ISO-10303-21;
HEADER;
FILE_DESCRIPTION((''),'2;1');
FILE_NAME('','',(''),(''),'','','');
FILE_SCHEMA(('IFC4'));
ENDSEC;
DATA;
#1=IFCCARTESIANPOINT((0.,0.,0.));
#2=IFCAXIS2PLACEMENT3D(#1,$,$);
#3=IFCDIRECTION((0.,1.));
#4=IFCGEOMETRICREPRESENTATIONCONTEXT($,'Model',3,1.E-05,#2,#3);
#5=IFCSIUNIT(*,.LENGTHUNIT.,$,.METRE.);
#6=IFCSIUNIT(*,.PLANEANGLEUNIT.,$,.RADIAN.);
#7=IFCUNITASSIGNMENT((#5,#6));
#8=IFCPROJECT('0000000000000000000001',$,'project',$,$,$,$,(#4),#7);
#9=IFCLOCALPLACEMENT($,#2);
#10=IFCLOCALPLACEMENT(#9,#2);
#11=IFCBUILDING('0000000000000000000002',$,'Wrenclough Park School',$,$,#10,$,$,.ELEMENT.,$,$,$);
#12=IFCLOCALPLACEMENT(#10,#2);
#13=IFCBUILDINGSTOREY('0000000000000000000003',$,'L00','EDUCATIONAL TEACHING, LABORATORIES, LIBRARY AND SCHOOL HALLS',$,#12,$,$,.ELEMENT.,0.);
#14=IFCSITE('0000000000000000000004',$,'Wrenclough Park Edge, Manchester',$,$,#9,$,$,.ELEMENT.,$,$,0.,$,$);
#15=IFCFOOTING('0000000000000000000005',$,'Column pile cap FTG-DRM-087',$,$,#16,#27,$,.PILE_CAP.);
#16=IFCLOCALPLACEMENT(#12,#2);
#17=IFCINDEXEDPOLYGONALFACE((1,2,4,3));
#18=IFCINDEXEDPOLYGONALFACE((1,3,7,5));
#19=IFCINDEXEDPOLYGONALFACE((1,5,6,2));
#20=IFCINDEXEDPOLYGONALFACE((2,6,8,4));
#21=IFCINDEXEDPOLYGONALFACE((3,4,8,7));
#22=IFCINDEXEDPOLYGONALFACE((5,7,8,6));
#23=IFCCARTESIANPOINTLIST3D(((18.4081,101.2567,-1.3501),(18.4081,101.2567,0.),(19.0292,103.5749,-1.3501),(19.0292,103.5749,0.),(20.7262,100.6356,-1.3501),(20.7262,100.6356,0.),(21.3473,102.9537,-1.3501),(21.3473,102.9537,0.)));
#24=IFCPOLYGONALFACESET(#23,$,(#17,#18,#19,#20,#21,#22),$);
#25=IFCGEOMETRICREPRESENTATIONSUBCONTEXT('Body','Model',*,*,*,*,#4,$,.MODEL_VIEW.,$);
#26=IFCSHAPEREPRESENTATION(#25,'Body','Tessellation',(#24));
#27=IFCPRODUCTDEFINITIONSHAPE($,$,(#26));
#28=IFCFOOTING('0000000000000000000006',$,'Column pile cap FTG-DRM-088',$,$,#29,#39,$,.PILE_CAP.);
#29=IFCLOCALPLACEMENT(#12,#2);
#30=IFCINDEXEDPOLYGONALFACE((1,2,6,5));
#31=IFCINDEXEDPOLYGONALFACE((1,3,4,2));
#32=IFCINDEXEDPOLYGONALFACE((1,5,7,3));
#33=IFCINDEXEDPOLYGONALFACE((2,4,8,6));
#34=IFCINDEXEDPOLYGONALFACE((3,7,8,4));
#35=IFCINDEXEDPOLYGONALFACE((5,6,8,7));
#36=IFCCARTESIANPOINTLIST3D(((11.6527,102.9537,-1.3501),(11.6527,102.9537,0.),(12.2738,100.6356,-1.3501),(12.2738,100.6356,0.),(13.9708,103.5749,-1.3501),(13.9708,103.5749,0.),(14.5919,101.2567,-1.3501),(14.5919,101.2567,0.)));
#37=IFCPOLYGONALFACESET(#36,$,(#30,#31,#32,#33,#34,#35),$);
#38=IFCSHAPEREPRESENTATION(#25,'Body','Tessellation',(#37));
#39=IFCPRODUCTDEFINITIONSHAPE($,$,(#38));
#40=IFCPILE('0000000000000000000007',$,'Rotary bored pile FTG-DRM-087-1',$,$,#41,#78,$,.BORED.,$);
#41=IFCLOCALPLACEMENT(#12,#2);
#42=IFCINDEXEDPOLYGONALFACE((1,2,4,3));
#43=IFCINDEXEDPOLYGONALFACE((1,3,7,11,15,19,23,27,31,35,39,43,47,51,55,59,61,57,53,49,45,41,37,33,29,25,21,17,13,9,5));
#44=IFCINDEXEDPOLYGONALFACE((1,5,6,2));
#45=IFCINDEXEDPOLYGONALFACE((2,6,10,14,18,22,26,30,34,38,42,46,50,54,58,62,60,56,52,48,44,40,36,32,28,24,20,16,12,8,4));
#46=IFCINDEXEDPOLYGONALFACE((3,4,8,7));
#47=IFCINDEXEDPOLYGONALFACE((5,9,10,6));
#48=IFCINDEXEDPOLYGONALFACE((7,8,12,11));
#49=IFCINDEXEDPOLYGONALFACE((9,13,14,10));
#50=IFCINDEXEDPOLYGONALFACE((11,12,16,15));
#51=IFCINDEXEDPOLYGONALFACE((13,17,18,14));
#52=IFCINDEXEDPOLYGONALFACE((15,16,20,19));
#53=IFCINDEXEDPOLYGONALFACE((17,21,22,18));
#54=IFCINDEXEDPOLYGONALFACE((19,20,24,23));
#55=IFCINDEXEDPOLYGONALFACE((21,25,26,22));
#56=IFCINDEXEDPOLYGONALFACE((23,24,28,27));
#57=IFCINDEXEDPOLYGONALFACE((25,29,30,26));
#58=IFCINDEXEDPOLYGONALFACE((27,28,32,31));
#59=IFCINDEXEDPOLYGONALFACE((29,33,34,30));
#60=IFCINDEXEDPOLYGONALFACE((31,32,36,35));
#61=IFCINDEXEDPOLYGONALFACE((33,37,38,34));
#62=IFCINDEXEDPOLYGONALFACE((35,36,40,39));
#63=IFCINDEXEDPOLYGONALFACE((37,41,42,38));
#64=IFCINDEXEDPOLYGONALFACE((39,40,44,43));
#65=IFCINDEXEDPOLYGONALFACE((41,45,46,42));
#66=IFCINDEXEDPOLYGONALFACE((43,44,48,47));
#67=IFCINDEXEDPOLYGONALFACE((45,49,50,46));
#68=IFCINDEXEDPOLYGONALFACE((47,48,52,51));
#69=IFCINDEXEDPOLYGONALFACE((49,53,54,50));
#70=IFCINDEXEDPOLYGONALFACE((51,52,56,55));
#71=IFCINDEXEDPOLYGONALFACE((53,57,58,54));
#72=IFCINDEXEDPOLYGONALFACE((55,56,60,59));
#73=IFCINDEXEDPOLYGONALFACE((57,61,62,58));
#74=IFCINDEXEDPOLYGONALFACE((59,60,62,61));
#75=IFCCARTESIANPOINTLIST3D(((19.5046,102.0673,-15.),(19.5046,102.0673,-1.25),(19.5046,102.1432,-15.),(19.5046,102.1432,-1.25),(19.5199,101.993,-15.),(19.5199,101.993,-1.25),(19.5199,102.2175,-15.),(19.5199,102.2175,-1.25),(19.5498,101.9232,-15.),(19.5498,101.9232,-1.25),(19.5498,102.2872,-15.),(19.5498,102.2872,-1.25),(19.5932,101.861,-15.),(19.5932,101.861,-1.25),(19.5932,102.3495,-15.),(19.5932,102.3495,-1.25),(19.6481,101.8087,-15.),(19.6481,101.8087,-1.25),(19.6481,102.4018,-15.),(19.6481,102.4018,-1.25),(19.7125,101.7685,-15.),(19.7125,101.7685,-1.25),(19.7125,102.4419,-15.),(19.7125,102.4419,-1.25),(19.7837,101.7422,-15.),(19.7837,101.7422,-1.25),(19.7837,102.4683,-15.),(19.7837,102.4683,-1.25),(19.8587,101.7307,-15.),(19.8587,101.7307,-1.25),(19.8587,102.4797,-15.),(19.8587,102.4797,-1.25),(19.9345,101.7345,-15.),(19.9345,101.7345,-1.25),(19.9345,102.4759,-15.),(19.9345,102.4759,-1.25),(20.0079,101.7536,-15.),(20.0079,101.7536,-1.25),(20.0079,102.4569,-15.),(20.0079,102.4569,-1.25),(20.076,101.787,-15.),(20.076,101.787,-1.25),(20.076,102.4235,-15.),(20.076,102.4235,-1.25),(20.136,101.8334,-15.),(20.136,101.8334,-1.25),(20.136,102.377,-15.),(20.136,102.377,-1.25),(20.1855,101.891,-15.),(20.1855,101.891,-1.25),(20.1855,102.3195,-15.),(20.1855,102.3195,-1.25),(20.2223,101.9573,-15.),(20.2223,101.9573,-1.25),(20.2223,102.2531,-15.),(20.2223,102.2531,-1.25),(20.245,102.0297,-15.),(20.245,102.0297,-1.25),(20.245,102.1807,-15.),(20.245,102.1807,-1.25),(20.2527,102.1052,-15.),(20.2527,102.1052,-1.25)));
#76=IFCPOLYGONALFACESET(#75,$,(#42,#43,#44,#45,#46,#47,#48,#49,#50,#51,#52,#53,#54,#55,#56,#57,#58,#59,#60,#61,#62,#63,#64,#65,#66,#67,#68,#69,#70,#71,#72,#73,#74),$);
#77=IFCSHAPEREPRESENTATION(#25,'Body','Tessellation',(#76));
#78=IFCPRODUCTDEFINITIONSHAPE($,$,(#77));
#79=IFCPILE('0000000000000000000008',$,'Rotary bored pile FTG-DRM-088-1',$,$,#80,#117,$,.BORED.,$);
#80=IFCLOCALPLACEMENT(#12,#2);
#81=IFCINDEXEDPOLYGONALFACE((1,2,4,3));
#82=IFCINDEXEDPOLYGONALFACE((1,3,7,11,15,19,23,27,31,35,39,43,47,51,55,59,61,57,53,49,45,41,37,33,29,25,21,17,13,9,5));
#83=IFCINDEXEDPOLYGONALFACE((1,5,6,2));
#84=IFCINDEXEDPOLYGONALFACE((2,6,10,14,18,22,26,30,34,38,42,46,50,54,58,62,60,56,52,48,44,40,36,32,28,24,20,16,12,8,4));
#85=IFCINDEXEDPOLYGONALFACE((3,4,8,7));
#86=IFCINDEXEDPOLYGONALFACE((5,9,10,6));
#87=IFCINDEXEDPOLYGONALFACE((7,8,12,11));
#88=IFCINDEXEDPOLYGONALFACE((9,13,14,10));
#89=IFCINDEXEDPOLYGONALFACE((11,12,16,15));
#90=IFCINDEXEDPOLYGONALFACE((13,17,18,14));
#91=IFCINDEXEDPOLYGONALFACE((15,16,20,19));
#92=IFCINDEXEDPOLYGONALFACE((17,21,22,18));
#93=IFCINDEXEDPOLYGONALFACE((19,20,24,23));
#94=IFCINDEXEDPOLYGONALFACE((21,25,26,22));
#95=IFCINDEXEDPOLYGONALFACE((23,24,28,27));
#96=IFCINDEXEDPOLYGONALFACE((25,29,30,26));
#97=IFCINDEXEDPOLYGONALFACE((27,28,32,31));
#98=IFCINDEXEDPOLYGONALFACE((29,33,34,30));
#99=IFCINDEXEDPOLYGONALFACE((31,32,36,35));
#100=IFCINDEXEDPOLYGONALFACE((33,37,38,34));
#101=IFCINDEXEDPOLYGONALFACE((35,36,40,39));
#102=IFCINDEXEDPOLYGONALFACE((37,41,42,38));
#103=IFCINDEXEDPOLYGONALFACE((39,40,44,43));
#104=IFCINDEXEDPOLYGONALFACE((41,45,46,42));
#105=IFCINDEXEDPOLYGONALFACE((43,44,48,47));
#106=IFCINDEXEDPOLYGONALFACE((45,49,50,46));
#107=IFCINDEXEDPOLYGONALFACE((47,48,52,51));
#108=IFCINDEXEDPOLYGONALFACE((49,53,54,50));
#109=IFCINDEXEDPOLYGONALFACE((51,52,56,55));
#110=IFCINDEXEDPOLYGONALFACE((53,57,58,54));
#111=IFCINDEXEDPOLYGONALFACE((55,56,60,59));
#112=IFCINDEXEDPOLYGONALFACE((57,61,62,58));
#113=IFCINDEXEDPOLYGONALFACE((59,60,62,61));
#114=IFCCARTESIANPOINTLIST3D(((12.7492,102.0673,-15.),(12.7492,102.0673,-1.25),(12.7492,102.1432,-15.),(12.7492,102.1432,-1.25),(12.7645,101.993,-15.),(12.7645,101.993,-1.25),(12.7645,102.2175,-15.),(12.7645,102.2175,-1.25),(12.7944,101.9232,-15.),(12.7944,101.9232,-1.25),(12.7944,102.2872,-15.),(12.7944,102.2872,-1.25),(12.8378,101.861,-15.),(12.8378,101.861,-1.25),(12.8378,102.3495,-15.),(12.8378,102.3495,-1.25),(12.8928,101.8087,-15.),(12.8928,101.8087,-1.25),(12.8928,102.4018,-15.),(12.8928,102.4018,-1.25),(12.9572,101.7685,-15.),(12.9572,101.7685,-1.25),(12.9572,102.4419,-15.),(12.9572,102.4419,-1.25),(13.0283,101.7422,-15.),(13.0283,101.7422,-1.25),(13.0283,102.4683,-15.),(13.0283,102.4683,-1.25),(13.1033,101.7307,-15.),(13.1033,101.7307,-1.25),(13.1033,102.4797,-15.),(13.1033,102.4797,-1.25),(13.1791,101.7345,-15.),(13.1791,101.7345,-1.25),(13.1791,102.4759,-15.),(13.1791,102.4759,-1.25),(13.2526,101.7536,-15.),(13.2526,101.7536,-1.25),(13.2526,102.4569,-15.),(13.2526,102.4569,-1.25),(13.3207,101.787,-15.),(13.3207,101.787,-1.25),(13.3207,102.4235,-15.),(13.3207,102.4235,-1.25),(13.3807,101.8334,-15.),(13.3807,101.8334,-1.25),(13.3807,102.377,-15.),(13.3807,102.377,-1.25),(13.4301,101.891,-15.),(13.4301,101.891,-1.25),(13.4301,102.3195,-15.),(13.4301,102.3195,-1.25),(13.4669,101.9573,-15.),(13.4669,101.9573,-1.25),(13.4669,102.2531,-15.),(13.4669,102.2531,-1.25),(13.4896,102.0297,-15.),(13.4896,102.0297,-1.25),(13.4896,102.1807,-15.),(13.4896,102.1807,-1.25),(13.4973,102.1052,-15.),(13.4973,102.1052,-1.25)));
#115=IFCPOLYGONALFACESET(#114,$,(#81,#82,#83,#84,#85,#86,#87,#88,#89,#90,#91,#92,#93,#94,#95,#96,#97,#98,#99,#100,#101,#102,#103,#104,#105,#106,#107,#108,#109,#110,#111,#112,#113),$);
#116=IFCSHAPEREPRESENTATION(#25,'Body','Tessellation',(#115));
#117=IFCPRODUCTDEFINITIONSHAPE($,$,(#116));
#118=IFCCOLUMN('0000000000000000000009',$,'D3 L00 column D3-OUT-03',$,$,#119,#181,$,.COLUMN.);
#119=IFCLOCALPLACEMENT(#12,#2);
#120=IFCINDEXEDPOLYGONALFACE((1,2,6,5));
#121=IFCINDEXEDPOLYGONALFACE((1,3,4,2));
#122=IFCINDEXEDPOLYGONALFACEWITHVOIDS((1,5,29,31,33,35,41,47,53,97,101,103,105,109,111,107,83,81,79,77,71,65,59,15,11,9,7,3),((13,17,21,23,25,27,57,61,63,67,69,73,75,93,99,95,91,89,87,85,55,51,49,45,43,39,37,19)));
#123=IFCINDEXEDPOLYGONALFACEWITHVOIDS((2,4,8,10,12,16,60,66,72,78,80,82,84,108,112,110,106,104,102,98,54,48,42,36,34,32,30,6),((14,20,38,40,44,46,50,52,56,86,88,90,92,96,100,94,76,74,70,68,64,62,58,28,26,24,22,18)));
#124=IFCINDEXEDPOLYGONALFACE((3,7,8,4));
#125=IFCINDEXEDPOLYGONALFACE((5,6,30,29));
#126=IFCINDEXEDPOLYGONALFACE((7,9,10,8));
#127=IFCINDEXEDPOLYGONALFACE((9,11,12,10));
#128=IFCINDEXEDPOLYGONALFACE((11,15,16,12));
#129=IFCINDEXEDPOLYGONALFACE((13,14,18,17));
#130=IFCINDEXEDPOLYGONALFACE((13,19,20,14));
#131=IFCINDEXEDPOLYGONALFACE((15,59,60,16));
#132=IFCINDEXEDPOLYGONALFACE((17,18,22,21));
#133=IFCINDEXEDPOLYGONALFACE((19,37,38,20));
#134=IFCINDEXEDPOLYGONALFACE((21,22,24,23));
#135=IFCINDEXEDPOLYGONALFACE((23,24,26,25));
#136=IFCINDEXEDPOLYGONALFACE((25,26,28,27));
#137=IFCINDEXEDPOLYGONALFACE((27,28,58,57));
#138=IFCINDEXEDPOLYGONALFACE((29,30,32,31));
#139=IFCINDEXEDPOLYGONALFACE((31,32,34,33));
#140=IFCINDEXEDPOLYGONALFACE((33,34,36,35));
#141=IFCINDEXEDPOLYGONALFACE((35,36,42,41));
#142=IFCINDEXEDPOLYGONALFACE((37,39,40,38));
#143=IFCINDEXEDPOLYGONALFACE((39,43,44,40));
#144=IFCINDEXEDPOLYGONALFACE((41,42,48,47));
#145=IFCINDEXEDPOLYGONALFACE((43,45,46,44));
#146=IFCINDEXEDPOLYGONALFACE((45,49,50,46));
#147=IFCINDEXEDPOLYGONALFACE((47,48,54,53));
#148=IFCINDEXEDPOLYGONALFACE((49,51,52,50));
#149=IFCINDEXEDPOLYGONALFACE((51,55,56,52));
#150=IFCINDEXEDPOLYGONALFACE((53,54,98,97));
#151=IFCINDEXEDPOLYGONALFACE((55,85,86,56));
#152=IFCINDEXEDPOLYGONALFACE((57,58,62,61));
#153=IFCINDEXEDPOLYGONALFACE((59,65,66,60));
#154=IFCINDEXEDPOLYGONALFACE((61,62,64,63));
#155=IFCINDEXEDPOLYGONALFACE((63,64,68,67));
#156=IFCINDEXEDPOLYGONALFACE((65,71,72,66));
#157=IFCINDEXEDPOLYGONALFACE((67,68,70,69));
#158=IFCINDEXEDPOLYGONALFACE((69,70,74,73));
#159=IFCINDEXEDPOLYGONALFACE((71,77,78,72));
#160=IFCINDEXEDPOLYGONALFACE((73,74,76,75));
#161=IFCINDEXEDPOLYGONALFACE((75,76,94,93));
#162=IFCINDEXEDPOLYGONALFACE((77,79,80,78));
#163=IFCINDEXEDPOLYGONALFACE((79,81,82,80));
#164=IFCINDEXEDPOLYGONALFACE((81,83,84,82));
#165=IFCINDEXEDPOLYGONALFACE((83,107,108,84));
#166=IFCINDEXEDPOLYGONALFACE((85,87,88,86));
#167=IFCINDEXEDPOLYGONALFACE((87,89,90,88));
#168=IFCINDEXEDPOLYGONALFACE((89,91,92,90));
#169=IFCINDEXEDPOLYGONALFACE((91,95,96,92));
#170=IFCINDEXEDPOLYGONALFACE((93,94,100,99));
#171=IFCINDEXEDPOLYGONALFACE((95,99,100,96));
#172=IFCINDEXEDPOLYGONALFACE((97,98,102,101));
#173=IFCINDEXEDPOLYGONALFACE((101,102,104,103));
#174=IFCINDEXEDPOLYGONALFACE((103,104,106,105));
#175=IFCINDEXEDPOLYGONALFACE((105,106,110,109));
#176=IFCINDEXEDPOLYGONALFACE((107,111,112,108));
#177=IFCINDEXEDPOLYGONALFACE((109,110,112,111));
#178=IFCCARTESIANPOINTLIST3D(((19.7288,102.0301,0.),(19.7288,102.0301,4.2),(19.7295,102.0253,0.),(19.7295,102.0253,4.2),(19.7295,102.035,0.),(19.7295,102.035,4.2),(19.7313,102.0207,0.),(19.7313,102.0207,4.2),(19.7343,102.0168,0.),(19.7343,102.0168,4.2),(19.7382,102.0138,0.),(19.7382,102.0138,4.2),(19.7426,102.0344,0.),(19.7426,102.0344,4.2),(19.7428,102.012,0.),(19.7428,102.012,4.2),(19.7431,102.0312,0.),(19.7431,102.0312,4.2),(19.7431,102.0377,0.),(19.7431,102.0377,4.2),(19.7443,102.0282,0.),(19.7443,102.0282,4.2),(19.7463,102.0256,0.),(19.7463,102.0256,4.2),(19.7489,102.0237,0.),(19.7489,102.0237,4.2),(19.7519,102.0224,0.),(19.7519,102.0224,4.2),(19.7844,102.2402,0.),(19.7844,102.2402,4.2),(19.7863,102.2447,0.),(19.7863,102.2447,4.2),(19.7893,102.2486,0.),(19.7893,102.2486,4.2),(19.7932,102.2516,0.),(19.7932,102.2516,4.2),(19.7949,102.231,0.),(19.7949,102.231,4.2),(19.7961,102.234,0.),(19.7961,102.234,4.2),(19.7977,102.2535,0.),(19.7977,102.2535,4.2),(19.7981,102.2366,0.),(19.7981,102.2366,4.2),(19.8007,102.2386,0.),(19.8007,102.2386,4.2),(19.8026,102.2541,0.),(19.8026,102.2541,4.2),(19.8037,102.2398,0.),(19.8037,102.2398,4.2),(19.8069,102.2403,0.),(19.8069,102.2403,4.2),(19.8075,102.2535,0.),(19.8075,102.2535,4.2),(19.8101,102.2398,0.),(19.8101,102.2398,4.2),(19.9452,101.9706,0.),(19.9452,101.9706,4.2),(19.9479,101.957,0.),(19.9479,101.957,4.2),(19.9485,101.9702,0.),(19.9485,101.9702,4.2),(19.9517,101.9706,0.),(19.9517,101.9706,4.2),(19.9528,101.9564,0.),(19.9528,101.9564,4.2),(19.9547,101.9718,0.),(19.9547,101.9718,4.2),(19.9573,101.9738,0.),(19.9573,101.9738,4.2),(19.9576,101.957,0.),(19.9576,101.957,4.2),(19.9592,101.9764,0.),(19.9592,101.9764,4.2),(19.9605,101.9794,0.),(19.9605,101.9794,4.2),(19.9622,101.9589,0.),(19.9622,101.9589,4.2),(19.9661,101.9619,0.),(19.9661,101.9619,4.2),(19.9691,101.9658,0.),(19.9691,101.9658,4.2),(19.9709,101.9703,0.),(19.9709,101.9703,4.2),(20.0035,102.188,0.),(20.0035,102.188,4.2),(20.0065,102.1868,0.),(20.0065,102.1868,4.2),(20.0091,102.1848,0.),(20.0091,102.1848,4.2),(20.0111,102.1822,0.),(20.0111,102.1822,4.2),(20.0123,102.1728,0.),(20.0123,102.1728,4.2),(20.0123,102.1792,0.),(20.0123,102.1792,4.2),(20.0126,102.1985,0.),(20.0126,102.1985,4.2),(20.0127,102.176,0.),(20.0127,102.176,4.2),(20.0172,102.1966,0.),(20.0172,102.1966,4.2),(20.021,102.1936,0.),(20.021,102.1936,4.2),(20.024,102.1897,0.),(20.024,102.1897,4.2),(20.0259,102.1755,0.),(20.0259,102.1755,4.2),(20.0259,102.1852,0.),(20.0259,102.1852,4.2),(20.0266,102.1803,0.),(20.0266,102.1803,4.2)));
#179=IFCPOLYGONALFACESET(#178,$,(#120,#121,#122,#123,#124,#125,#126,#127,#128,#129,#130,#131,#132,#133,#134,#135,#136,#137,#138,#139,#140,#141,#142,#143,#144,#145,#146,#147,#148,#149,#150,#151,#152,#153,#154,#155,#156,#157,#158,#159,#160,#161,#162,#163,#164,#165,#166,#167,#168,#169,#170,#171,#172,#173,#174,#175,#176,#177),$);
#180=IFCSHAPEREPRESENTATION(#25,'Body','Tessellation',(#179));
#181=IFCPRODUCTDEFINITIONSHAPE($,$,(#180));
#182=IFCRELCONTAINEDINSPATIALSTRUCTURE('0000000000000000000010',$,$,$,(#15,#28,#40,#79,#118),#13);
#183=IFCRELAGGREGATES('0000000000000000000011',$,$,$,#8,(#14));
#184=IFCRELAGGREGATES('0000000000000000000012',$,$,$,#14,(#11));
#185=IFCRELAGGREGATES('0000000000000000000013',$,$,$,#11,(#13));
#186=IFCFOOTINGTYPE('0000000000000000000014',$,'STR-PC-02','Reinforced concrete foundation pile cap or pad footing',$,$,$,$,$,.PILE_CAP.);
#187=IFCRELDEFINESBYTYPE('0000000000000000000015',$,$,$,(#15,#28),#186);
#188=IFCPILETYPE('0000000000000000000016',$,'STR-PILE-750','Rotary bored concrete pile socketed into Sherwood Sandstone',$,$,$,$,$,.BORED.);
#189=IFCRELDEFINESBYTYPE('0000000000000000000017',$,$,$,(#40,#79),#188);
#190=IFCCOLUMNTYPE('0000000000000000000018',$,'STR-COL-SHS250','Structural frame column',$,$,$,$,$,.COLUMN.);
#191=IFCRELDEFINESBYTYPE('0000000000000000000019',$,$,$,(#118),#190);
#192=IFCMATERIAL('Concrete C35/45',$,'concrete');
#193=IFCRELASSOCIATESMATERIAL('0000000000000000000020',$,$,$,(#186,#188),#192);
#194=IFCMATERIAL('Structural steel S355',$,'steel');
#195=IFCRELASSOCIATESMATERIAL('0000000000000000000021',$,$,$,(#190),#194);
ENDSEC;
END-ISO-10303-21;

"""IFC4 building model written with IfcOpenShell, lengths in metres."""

from ifc_helpers import new_model, si_unit, direction, frame, origin, origin_2d, place, context, subcontext, project, spatial, rectangle, hollow_rectangle, circle, extrude, material, material_profile, profile_set, type_object, element, save


model = new_model("IFC4")

# Units and contexts
model_context = context("Model", 3, precision=1e-05, world=origin(), true_north=direction((0.0, 1.0)))
body_context = subcontext(model_context, "Body", "Model", "MODEL_VIEW")
ifc_project = project(units=[si_unit("LENGTHUNIT", "METRE"), si_unit("PLANEANGLEUNIT", "RADIAN")], contexts=[model_context])

# Site, building, storey
site_placement = place(None, origin())
site = spatial("IfcSite", under=ifc_project, at=site_placement, Name="Wrenclough Park Edge, Manchester", CompositionType="ELEMENT", RefElevation=0.0)
building_placement = place(site_placement, origin())
building = spatial("IfcBuilding", under=site, at=building_placement, Name="Wrenclough Park School", CompositionType="ELEMENT")
storey_placement = place(building_placement, origin())
storey = spatial("IfcBuildingStorey", under=building, at=storey_placement, Name="L00", Description="EDUCATIONAL TEACHING, LABORATORIES, LIBRARY AND SCHOOL HALLS", CompositionType="ELEMENT", Elevation=0.0)

# Footings
ifc_material_1 = material(Name="Concrete C35/45", Category="concrete")
footing_type = type_object("IfcFootingType", Name="STR-PC-02", Description="Reinforced concrete foundation pile cap or pad footing", PredefinedType="PILE_CAP", material=ifc_material_1)
for number, where, z_axis, x_axis, name in (
    (1, (19.8777, 102.1052, -1.3501), (0.0, 0.0, 1.0), (-0.965926, 0.258819, 0.0), "Column pile cap FTG-DRM-087"),
    (2, (13.1223, 102.1052, -1.3501), (0.0, 0.0, 1.0), (-0.965926, -0.258819, 0.0), "Column pile cap FTG-DRM-088"),
):
    element("IfcFooting", number, at=place(storey_placement, frame(where, z_axis=z_axis, x_axis=x_axis)), inside=storey, type_object=footing_type, Name=name, PredefinedType="PILE_CAP", context=body_context, shape_type="SweptSolid", body=[
        extrude(rectangle(XDim=2.3999, YDim=2.3999, at=origin_2d()), origin(), (0.0, 0.0, 1.0), 1.3501),
    ])

# Piles
ifc_material_profile_1 = material_profile(ifc_material_1, circle(Radius=0.375, at=origin_2d()), Name="BORED PILE D750")
ifc_profile_set_1 = profile_set([ifc_material_profile_1], Name="Concrete C35/45")
pile_type = type_object("IfcPileType", Name="STR-PILE-750", Description="Rotary bored concrete pile socketed into Sherwood Sandstone", PredefinedType="BORED", material=ifc_profile_set_1)
for number, where, z_axis, x_axis, name in (
    (3, (19.8777, 102.1052, -1.25), (0.0, 0.0, -1.0), (1.0, 0.0, 0.0), "Rotary bored pile FTG-DRM-087-1"),
    (4, (13.1223, 102.1052, -1.25), (0.0, 0.0, -1.0), (1.0, 0.0, 0.0), "Rotary bored pile FTG-DRM-088-1"),
):
    element("IfcPile", number, at=place(storey_placement, frame(where, z_axis=z_axis, x_axis=x_axis)), inside=storey, type_object=pile_type, Name=name, PredefinedType="BORED", context=body_context, shape_type="SweptSolid", body=[
        extrude(circle(Radius=0.375, at=origin_2d()), origin(), (0.0, 0.0, 1.0), 13.75),
    ])

# Column
ifc_material_2 = material(Name="Structural steel S355", Category="steel")
ifc_material_profile_2 = material_profile(ifc_material_2, hollow_rectangle(XDim=0.25, YDim=0.25, WallThickness=0.0125, InnerFilletRadius=0.0125, OuterFilletRadius=0.0188, at=origin_2d()), Name="SHS 250x250x12.5")
ifc_profile_set_2 = profile_set([ifc_material_profile_2], Name="Structural steel S355")
column_type = type_object("IfcColumnType", Name="STR-COL-SHS250", Description="Structural frame column", PredefinedType="COLUMN", material=ifc_profile_set_2)
for number, where, z_axis, x_axis, name in (
    (5, (19.8777, 102.1052, 0.0), (0.0, 0.0, 1.0), (-0.965926, 0.258819, 0.0), "D3 L00 column D3-OUT-03"),
):
    element("IfcColumn", number, at=place(storey_placement, frame(where, z_axis=z_axis, x_axis=x_axis)), inside=storey, type_object=column_type, Name=name, PredefinedType="COLUMN", context=body_context, shape_type="SweptSolid", body=[
        extrude(hollow_rectangle(XDim=0.25, YDim=0.25, WallThickness=0.0125, InnerFilletRadius=0.0125, OuterFilletRadius=0.0188, at=origin_2d()), origin(), (0.0, 0.0, 1.0), 4.2),
    ])

save(model, "model.ifc")
